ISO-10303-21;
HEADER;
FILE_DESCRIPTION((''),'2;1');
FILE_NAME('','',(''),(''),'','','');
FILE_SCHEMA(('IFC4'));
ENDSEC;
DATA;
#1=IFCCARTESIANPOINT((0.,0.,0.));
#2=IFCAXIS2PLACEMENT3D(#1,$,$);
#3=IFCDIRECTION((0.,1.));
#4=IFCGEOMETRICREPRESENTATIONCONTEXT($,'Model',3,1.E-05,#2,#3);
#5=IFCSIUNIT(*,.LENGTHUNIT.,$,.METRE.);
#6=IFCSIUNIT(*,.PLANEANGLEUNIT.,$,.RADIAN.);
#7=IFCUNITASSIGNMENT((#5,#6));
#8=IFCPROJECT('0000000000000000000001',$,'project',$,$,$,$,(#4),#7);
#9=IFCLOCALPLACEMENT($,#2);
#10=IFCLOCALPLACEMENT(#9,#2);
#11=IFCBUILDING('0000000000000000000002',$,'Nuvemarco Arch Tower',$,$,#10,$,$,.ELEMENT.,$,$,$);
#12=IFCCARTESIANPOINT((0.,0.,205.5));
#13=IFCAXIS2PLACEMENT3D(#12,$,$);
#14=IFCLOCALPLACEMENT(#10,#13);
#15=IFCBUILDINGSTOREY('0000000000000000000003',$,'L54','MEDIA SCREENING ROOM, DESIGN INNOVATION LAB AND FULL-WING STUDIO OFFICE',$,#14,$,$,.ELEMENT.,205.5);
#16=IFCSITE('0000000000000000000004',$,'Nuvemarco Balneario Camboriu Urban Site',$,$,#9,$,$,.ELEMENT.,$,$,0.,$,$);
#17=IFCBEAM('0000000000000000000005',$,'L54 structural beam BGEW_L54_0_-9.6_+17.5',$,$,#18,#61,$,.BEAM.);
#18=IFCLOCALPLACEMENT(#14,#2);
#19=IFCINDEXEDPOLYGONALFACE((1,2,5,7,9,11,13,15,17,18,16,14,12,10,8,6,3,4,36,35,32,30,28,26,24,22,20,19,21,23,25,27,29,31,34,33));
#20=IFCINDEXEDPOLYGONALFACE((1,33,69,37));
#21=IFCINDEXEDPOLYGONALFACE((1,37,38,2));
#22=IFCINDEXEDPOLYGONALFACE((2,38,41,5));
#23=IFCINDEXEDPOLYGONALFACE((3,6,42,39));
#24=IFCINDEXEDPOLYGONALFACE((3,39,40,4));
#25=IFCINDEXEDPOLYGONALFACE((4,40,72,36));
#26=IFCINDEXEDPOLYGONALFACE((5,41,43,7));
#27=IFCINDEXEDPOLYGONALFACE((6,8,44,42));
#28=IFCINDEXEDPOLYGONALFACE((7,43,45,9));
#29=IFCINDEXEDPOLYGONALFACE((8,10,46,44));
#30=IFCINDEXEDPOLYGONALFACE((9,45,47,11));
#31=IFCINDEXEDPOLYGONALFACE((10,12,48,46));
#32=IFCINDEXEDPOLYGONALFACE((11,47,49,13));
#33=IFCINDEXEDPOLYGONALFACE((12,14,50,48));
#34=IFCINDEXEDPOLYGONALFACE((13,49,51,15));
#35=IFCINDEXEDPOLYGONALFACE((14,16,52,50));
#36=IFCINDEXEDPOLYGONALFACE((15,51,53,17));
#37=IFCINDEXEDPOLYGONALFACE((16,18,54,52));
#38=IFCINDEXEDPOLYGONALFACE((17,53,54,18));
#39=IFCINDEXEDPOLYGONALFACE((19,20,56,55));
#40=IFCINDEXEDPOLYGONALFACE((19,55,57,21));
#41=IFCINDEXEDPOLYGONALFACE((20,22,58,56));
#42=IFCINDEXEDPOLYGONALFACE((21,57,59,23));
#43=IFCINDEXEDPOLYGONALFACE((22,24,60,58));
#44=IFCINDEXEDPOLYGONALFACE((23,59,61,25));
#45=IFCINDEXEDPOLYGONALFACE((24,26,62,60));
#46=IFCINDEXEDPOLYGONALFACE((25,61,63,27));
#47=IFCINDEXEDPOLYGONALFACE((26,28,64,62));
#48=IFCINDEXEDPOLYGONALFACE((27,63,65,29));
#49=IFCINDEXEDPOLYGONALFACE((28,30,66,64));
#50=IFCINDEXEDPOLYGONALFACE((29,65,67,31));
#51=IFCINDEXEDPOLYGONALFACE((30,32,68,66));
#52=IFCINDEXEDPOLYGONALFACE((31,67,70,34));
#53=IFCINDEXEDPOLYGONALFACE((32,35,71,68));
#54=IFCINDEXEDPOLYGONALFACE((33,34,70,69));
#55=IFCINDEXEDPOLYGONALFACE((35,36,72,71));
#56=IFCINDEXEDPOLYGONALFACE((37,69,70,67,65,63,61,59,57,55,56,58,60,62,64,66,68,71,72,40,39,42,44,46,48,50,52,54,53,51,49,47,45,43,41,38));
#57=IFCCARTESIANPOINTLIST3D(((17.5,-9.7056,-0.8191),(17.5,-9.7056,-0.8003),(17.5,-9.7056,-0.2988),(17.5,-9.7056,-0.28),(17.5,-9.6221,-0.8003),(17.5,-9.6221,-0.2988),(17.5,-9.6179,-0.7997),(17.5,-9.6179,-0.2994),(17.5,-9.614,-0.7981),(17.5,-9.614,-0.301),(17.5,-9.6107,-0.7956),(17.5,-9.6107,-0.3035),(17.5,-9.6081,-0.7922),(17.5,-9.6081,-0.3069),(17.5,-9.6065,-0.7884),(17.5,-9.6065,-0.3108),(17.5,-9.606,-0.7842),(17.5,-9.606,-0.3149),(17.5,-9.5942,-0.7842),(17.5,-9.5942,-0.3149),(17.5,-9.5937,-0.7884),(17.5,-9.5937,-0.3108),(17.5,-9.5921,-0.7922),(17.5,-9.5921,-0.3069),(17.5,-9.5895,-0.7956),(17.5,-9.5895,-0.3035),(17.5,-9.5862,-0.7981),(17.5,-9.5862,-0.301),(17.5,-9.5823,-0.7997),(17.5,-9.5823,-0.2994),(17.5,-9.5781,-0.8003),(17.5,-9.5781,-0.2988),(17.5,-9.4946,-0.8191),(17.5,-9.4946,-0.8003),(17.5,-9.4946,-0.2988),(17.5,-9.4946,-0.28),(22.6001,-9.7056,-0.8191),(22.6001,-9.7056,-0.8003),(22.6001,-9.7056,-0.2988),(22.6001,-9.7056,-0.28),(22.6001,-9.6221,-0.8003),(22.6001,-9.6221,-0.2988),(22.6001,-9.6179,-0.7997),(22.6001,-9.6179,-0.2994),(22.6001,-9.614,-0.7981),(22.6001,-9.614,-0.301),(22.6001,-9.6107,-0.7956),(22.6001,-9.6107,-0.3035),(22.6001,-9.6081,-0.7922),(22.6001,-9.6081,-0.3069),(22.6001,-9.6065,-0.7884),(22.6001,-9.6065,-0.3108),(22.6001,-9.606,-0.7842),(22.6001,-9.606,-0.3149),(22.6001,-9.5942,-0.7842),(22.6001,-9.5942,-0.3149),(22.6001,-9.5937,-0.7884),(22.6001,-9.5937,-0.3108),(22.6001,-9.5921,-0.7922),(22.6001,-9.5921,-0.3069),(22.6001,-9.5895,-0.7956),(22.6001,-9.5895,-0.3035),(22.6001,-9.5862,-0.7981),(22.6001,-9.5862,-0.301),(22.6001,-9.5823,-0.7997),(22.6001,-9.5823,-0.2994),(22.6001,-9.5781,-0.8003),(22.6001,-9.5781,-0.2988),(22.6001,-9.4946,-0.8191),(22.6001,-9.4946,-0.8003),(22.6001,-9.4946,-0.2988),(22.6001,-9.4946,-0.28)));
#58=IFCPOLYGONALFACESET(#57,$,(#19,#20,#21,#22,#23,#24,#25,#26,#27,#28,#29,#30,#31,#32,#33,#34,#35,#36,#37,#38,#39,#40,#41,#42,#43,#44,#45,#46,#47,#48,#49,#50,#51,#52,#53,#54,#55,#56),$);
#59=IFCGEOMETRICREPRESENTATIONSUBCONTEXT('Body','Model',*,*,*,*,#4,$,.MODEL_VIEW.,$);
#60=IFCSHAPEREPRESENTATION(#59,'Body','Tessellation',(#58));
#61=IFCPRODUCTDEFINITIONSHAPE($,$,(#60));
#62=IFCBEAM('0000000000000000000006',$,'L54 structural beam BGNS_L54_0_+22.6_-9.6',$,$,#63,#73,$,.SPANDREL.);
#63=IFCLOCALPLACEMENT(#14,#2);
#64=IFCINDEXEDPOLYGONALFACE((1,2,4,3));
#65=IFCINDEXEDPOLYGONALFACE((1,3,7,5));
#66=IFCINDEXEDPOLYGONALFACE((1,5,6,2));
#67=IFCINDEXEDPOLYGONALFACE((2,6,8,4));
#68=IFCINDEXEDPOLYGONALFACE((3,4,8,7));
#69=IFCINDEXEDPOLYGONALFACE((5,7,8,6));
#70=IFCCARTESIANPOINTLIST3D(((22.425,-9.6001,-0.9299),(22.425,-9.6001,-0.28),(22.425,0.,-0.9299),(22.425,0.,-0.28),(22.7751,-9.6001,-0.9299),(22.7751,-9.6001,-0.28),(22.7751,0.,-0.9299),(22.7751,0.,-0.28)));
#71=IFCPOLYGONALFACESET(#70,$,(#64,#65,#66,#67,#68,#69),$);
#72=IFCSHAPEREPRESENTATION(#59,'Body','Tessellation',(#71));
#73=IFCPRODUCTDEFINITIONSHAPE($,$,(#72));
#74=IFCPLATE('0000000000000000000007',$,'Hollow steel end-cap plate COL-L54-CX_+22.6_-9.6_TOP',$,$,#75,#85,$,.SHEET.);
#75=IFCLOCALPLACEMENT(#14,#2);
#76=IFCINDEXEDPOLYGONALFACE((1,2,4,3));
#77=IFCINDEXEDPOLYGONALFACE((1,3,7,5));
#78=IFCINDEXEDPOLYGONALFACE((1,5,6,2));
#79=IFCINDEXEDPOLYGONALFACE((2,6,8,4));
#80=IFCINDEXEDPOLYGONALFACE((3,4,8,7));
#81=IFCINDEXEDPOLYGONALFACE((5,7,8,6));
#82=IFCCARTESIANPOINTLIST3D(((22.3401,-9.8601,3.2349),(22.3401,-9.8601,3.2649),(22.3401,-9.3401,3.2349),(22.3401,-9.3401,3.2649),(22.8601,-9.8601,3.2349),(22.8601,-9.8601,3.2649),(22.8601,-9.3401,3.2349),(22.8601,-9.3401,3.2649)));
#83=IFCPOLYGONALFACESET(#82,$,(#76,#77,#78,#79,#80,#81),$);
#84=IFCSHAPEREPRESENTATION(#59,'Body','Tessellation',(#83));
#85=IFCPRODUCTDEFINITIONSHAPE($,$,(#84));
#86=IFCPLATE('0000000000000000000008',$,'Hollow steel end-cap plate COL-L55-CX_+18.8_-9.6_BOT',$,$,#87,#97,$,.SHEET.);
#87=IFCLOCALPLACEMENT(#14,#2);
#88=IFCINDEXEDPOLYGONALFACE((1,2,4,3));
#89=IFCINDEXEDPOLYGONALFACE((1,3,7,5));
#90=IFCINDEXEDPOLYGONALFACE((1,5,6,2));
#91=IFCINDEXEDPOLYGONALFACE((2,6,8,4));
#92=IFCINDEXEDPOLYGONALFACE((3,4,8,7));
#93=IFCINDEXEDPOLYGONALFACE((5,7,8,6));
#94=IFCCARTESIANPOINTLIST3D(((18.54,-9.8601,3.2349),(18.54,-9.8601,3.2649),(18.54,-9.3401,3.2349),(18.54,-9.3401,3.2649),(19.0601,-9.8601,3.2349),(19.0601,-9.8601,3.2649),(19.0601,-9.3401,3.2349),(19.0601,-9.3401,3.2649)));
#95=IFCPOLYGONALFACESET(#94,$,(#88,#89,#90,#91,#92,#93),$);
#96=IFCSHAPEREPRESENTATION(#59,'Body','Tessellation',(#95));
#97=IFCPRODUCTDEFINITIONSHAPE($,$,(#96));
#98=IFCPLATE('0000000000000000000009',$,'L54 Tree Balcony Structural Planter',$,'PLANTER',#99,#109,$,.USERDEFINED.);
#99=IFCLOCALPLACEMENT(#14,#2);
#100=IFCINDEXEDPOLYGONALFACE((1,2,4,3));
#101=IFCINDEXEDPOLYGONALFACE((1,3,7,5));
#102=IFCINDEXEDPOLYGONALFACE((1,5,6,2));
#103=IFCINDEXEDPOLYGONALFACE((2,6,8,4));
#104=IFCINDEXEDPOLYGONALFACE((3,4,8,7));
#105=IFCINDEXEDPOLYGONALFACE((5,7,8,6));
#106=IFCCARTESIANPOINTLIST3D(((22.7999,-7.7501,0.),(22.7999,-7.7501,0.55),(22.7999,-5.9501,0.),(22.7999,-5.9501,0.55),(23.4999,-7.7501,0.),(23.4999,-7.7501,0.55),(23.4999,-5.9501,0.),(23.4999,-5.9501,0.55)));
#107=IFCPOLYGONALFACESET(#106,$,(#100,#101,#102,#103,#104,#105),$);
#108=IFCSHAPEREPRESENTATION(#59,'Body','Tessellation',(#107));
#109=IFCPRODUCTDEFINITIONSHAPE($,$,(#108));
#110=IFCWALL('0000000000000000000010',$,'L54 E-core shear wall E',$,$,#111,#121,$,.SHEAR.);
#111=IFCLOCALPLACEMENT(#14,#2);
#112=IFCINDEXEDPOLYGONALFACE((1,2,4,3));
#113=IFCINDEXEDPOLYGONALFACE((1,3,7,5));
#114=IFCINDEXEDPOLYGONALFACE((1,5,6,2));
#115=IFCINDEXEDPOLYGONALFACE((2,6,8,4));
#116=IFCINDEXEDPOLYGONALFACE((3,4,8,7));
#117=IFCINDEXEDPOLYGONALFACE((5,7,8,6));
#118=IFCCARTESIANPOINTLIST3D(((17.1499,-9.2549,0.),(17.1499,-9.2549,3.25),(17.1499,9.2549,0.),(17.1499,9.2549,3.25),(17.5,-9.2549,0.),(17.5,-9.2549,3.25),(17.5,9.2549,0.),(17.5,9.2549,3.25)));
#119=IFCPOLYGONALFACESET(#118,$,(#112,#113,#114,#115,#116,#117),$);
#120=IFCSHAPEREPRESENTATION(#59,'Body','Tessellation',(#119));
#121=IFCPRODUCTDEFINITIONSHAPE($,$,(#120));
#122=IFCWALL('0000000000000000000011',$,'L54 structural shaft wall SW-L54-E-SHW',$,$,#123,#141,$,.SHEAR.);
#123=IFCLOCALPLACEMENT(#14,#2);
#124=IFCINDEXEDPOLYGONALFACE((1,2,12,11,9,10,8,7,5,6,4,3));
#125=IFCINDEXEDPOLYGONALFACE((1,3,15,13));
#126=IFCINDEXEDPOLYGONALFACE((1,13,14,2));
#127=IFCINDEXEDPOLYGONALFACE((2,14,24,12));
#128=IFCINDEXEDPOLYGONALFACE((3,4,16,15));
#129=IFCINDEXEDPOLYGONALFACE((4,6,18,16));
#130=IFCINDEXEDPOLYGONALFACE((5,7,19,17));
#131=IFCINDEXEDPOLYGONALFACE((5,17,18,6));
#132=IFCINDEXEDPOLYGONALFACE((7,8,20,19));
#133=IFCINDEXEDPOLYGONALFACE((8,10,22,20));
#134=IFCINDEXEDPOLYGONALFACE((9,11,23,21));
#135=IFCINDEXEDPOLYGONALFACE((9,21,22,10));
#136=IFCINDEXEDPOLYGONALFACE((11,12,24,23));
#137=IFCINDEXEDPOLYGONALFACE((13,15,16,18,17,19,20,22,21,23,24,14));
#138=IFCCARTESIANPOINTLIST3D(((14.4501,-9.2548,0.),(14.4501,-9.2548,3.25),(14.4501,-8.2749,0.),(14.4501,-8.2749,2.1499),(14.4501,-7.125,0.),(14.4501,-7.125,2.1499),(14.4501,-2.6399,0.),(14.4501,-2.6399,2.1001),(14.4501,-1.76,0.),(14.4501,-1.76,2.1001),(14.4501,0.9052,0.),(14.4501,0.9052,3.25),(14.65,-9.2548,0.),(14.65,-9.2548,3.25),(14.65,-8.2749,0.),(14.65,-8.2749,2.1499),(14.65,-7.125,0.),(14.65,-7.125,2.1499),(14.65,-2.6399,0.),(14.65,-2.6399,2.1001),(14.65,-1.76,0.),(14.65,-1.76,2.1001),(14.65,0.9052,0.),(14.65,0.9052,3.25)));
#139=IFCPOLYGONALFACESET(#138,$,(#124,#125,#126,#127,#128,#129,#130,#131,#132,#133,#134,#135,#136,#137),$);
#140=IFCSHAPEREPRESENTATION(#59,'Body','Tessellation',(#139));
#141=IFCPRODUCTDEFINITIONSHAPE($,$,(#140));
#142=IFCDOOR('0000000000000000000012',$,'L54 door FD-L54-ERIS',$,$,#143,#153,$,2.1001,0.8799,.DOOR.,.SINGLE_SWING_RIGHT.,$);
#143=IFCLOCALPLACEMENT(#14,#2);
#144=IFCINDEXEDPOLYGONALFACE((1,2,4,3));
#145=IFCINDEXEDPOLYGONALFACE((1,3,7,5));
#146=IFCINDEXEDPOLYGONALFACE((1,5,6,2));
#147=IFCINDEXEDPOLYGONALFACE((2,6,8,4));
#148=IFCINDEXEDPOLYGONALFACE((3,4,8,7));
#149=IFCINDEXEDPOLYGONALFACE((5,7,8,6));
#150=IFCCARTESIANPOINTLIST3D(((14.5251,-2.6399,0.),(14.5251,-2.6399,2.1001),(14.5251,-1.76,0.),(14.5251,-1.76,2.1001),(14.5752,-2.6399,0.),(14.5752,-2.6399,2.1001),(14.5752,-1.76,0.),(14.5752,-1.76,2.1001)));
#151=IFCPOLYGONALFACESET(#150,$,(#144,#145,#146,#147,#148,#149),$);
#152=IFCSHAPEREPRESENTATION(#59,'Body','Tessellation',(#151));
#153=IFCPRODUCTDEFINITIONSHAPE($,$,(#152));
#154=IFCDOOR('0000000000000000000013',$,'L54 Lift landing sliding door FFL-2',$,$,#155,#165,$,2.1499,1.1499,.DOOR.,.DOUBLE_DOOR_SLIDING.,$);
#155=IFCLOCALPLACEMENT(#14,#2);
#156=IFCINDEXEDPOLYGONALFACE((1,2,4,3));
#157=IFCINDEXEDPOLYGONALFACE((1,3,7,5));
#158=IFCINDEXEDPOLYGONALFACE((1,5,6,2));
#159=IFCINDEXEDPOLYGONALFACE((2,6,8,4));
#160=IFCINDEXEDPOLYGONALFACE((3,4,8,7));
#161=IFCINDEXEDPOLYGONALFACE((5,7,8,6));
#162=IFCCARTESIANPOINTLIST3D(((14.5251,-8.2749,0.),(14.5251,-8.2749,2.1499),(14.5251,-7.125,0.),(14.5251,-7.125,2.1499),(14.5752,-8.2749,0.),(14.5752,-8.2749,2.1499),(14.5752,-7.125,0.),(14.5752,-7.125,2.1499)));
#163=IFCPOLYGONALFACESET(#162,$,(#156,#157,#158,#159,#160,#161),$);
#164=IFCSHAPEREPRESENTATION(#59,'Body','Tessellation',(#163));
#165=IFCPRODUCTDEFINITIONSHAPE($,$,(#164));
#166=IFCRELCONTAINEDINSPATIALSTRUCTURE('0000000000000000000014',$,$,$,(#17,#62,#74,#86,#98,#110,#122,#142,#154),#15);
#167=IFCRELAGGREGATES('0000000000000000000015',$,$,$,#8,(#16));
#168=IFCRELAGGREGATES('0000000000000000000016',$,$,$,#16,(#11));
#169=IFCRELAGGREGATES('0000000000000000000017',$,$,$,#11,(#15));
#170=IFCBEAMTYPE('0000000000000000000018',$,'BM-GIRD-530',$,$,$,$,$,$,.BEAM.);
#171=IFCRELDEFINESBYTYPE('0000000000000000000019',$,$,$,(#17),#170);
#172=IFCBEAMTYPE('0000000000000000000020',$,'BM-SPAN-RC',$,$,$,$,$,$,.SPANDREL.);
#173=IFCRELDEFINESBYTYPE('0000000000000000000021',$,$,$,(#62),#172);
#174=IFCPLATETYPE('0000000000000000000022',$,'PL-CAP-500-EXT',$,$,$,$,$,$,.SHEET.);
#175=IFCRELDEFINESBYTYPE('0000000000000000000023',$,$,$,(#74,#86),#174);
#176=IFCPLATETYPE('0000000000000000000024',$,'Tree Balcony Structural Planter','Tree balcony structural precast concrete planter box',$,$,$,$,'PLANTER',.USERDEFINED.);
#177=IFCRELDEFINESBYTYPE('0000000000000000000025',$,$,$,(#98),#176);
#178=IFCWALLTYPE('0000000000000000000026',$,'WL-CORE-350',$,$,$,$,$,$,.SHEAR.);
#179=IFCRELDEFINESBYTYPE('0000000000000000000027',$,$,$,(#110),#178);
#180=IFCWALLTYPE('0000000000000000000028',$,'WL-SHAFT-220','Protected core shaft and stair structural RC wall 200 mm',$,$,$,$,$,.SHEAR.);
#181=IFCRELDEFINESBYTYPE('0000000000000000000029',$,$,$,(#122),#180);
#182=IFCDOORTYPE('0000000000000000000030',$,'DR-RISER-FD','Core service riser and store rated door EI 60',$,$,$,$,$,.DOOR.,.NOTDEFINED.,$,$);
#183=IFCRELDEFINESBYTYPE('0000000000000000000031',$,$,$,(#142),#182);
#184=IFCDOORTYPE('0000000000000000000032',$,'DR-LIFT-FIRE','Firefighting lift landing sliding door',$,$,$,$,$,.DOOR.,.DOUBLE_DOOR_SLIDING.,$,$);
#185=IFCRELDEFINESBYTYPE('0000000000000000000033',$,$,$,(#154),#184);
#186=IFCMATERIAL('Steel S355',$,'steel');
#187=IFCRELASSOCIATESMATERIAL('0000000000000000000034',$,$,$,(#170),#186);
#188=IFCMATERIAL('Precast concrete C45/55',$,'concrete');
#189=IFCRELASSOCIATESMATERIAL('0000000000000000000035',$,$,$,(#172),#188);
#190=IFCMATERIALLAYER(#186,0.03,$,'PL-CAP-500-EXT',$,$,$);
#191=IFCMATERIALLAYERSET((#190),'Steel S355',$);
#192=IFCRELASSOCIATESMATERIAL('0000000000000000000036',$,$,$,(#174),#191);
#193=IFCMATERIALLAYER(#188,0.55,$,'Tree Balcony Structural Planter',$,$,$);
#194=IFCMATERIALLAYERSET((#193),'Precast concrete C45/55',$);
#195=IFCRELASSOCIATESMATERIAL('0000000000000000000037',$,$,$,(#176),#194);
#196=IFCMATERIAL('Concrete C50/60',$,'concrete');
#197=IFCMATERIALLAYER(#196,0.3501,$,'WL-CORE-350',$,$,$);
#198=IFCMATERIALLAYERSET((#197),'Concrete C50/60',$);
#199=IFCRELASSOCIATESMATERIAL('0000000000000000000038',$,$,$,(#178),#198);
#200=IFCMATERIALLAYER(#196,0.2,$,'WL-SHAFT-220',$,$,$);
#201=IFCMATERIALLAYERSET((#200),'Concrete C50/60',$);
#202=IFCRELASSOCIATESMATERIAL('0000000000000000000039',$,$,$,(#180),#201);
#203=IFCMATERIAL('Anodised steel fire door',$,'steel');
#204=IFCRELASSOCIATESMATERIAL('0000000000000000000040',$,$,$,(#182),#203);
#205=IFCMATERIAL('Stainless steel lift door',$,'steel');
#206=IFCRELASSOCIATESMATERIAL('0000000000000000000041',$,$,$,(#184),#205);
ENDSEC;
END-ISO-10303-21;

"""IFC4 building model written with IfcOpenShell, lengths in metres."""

from ifc_helpers import new_model, si_unit, direction, frame, frame_2d, origin, origin_2d, place, context, subcontext, project, spatial, rectangle, i_section, extrude, source, transform, mapped, material, layer, layer_set, material_profile, profile_set, type_object, type_shapes, element, fill, save


model = new_model("IFC4")

# Units and contexts
model_context = context("Model", 3, precision=1e-05, world=origin(), true_north=direction((0.0, 1.0)))
body_context = subcontext(model_context, "Body", "Model", "MODEL_VIEW")
ifc_project = project(units=[si_unit("LENGTHUNIT", "METRE"), si_unit("PLANEANGLEUNIT", "RADIAN")], contexts=[model_context])

# Site, building, storey
site_placement = place(None, origin())
site = spatial("IfcSite", under=ifc_project, at=site_placement, Name="Nuvemarco Balneario Camboriu Urban Site", CompositionType="ELEMENT", RefElevation=0.0)
building_placement = place(site_placement, origin())
building = spatial("IfcBuilding", under=site, at=building_placement, Name="Nuvemarco Arch Tower", CompositionType="ELEMENT")
storey_placement = place(building_placement, frame((0.0, 0.0, 205.5)))
storey = spatial("IfcBuildingStorey", under=building, at=storey_placement, Name="L54", Description="MEDIA SCREENING ROOM, DESIGN INNOVATION LAB AND FULL-WING STUDIO OFFICE", CompositionType="ELEMENT", Elevation=205.5)

# Shared definitions
ifc_material_1 = material(Name="Concrete C50/60", Category="concrete")
ifc_material_2 = material(Name="Steel S355", Category="steel")

# Beams
ifc_material_profile_1 = material_profile(ifc_material_2, i_section(OverallWidth=0.2109, OverallDepth=0.5391, WebThickness=0.0117, FlangeThickness=0.0188, FilletRadius=0.0161, at=origin_2d()), Name="W530x109")
ifc_profile_set_1 = profile_set([ifc_material_profile_1], Name="Steel S355")
beam_type_1 = type_object("IfcBeamType", Name="BM-GIRD-530", PredefinedType="BEAM", material=ifc_profile_set_1)
beam_1_placement = place(storey_placement, frame((17.5, -9.6001, -0.5496), z_axis=(1.0, 0.0, 0.0), x_axis=(0.0, 1.0, 0.0)))
element("IfcBeam", 1, at=beam_1_placement, inside=storey, type_object=beam_type_1, Name="L54 structural beam BGEW_L54_0_-9.6_+17.5", PredefinedType="BEAM", context=body_context, shape_type="SweptSolid", body=[
    extrude(i_section(OverallWidth=0.2109, OverallDepth=0.5391, WebThickness=0.0117, FlangeThickness=0.0188, FilletRadius=0.0161, at=origin_2d()), origin(), (0.0, 0.0, 1.0), 5.1001),
])
ifc_material_3 = material(Name="Precast concrete C45/55", Category="concrete")
ifc_material_profile_2 = material_profile(ifc_material_3, rectangle(XDim=0.3501, YDim=0.6499, at=origin_2d()), Name="PC-SP-350x650")
ifc_profile_set_2 = profile_set([ifc_material_profile_2], Name="Precast concrete C45/55")
beam_type_2 = type_object("IfcBeamType", Name="BM-SPAN-RC", PredefinedType="SPANDREL", material=ifc_profile_set_2)
beam_2_placement = place(storey_placement, frame((22.6001, -9.6001, -0.605), z_axis=(0.0, 1.0, 0.0), x_axis=(-1.0, 0.0, 0.0)))
element("IfcBeam", 2, at=beam_2_placement, inside=storey, type_object=beam_type_2, Name="L54 structural beam BGNS_L54_0_+22.6_-9.6", PredefinedType="SPANDREL", context=body_context, shape_type="SweptSolid", body=[
    extrude(rectangle(XDim=0.3501, YDim=0.6499, at=origin_2d()), origin(), (0.0, 0.0, 1.0), 9.6001),
])

# Plates
ifc_layer_1 = layer(ifc_material_2, 0.03, Name="PL-CAP-500-EXT")
ifc_layer_set_1 = layer_set([ifc_layer_1], Name="Steel S355")
plate_type_1 = type_object("IfcPlateType", Name="PL-CAP-500-EXT", PredefinedType="SHEET", material=ifc_layer_set_1)
shared_shape_1 = source(origin(), body_context, "Body", "SweptSolid", [
    extrude(rectangle(XDim=0.52, YDim=0.52, at=origin_2d()), origin(), (0.0, 0.0, 1.0), 0.03),
])
type_shapes(plate_type_1, [shared_shape_1])
for number, where, z_axis, x_axis, name in (
    (3, (22.6001, -9.6001, 3.2349), (0.0, 0.0, 1.0), (1.0, 0.0, 0.0), "Hollow steel end-cap plate COL-L54-CX_+22.6_-9.6_TOP"),
    (4, (18.8, -9.6001, 3.2349), (0.0, 0.0, 1.0), (1.0, 0.0, 0.0), "Hollow steel end-cap plate COL-L55-CX_+18.8_-9.6_BOT"),
):
    element("IfcPlate", number, at=place(storey_placement, frame(where, z_axis=z_axis, x_axis=x_axis)), inside=storey, type_object=plate_type_1, Name=name, PredefinedType="SHEET", context=body_context, shape_type="MappedRepresentation", body=[
        mapped(shared_shape_1, transform((0.0, 0.0, 0.0), scale=1.0)),
    ])
ifc_layer_2 = layer(ifc_material_3, 0.55, Name="Tree Balcony Structural Planter")
ifc_layer_set_2 = layer_set([ifc_layer_2], Name="Precast concrete C45/55")
plate_type_2 = type_object("IfcPlateType", Name="Tree Balcony Structural Planter", Description="Tree balcony structural precast concrete planter box", ElementType="PLANTER", PredefinedType="USERDEFINED", material=ifc_layer_set_2)
shared_shape_2 = source(origin(), body_context, "Body", "SweptSolid", [
    extrude(rectangle(XDim=1.8, YDim=0.7, at=origin_2d()), origin(), (0.0, 0.0, 1.0), 0.55),
])
type_shapes(plate_type_2, [shared_shape_2])
plate_placement = place(storey_placement, frame((23.1499, -6.8501, 0.0), z_axis=(0.0, 0.0, 1.0), x_axis=(0.0, 1.0, 0.0)))
element("IfcPlate", 5, at=plate_placement, inside=storey, type_object=plate_type_2, Name="L54 Tree Balcony Structural Planter", ObjectType="PLANTER", PredefinedType="USERDEFINED", context=body_context, shape_type="MappedRepresentation", body=[
    mapped(shared_shape_2, transform((0.0, 0.0, 0.0), scale=1.0)),
])

# Wall
ifc_layer_3 = layer(ifc_material_1, 0.3501, Name="WL-CORE-350")
ifc_layer_set_3 = layer_set([ifc_layer_3], Name="Concrete C50/60")
wall_type_1 = type_object("IfcWallType", Name="WL-CORE-350", PredefinedType="SHEAR", material=ifc_layer_set_3)
wall_1_placement = place(storey_placement, frame((17.325, -9.2549, 0.0), z_axis=(0.0, 0.0, 1.0), x_axis=(0.0, 1.0, 0.0)))
element("IfcWall", 6, at=wall_1_placement, inside=storey, type_object=wall_type_1, Name="L54 E-core shear wall E", PredefinedType="SHEAR", context=body_context, shape_type="SweptSolid", body=[
    extrude(rectangle(XDim=18.5098, YDim=0.3501, at=frame_2d((9.2549, 0.0))), origin(), (0.0, 0.0, 1.0), 3.25),
])

# Wall, openings, doors
ifc_layer_4 = layer(ifc_material_1, 0.2, Name="WL-SHAFT-220")
ifc_layer_set_4 = layer_set([ifc_layer_4], Name="Concrete C50/60")
wall_type_2 = type_object("IfcWallType", Name="WL-SHAFT-220", Description="Protected core shaft and stair structural RC wall 200 mm", PredefinedType="SHEAR", material=ifc_layer_set_4)
wall_2_placement = place(storey_placement, frame((14.55, -9.2549, 0.0), z_axis=(0.0, 0.0, 1.0), x_axis=(0.0, 1.0, 0.0)))
wall_2 = element("IfcWall", 7, at=wall_2_placement, inside=storey, type_object=wall_type_2, Name="L54 structural shaft wall SW-L54-E-SHW", PredefinedType="SHEAR", context=body_context, shape_type="SweptSolid", body=[
    extrude(rectangle(XDim=10.1599, YDim=0.2, at=frame_2d((5.0801, 0.0))), origin(), (0.0, 0.0, 1.0), 3.25),
])
opening_1_placement = place(wall_2_placement, frame((6.615, 0.0, 0.0)))
opening_1 = element("IfcOpeningElement", 8, at=opening_1_placement, cuts=wall_2, PredefinedType="OPENING", context=body_context, shape_type="SweptSolid", body=[
    extrude(rectangle(XDim=0.8799, YDim=2.1001, at=frame_2d((0.4399, 1.05))), frame((0.0, 0.1099, 0.0), z_axis=(0.0, -1.0, 0.0), x_axis=(1.0, 0.0, 0.0)), (0.0, 0.0, 1.0), 0.22),
])
opening_2_placement = place(wall_2_placement, frame((0.98, 0.0, 0.0)))
opening_2 = element("IfcOpeningElement", 9, at=opening_2_placement, cuts=wall_2, PredefinedType="OPENING", context=body_context, shape_type="SweptSolid", body=[
    extrude(rectangle(XDim=1.1499, YDim=2.1499, at=frame_2d((0.575, 1.075))), frame((0.0, 0.1099, 0.0), z_axis=(0.0, -1.0, 0.0), x_axis=(1.0, 0.0, 0.0)), (0.0, 0.0, 1.0), 0.22),
])
ifc_material_4 = material(Name="Anodised steel fire door", Category="steel")
door_type_1 = type_object("IfcDoorType", Name="DR-RISER-FD", Description="Core service riser and store rated door EI 60", OperationType="NOTDEFINED", PredefinedType="DOOR", material=ifc_material_4)
shared_shape_3 = source(origin(), body_context, "Body", "SweptSolid", [
    extrude(rectangle(XDim=0.8799, YDim=2.1001, at=frame_2d((0.4399, 1.05))), frame((0.0, 0.0249, 0.0), z_axis=(0.0, -1.0, 0.0), x_axis=(1.0, 0.0, 0.0)), (0.0, 0.0, 1.0), 0.05),
])
type_shapes(door_type_1, [shared_shape_3])
door_1_placement = place(opening_1_placement, origin())
door_1 = element("IfcDoor", 10, at=door_1_placement, inside=storey, type_object=door_type_1, Name="L54 door FD-L54-ERIS", OperationType="SINGLE_SWING_RIGHT", OverallHeight=2.1001, OverallWidth=0.8799, PredefinedType="DOOR", context=body_context, shape_type="MappedRepresentation", body=[
    mapped(shared_shape_3, transform((0.0, 0.0, 0.0), scale=1.0)),
])
fill(opening_1, door_1)
ifc_material_5 = material(Name="Stainless steel lift door", Category="steel")
door_type_2 = type_object("IfcDoorType", Name="DR-LIFT-FIRE", Description="Firefighting lift landing sliding door", OperationType="DOUBLE_DOOR_SLIDING", PredefinedType="DOOR", material=ifc_material_5)
shared_shape_4 = source(origin(), body_context, "Body", "SweptSolid", [
    extrude(rectangle(XDim=1.1499, YDim=2.1499, at=frame_2d((0.575, 1.075))), frame((0.0, 0.0249, 0.0), z_axis=(0.0, -1.0, 0.0), x_axis=(1.0, 0.0, 0.0)), (0.0, 0.0, 1.0), 0.05),
])
type_shapes(door_type_2, [shared_shape_4])
door_2_placement = place(opening_2_placement, origin())
door_2 = element("IfcDoor", 11, at=door_2_placement, inside=storey, type_object=door_type_2, Name="L54 Lift landing sliding door FFL-2", OperationType="DOUBLE_DOOR_SLIDING", OverallHeight=2.1499, OverallWidth=1.1499, PredefinedType="DOOR", context=body_context, shape_type="MappedRepresentation", body=[
    mapped(shared_shape_4, transform((0.0, 0.0, 0.0), scale=1.0)),
])
fill(opening_2, door_2)

save(model, "model.ifc")
